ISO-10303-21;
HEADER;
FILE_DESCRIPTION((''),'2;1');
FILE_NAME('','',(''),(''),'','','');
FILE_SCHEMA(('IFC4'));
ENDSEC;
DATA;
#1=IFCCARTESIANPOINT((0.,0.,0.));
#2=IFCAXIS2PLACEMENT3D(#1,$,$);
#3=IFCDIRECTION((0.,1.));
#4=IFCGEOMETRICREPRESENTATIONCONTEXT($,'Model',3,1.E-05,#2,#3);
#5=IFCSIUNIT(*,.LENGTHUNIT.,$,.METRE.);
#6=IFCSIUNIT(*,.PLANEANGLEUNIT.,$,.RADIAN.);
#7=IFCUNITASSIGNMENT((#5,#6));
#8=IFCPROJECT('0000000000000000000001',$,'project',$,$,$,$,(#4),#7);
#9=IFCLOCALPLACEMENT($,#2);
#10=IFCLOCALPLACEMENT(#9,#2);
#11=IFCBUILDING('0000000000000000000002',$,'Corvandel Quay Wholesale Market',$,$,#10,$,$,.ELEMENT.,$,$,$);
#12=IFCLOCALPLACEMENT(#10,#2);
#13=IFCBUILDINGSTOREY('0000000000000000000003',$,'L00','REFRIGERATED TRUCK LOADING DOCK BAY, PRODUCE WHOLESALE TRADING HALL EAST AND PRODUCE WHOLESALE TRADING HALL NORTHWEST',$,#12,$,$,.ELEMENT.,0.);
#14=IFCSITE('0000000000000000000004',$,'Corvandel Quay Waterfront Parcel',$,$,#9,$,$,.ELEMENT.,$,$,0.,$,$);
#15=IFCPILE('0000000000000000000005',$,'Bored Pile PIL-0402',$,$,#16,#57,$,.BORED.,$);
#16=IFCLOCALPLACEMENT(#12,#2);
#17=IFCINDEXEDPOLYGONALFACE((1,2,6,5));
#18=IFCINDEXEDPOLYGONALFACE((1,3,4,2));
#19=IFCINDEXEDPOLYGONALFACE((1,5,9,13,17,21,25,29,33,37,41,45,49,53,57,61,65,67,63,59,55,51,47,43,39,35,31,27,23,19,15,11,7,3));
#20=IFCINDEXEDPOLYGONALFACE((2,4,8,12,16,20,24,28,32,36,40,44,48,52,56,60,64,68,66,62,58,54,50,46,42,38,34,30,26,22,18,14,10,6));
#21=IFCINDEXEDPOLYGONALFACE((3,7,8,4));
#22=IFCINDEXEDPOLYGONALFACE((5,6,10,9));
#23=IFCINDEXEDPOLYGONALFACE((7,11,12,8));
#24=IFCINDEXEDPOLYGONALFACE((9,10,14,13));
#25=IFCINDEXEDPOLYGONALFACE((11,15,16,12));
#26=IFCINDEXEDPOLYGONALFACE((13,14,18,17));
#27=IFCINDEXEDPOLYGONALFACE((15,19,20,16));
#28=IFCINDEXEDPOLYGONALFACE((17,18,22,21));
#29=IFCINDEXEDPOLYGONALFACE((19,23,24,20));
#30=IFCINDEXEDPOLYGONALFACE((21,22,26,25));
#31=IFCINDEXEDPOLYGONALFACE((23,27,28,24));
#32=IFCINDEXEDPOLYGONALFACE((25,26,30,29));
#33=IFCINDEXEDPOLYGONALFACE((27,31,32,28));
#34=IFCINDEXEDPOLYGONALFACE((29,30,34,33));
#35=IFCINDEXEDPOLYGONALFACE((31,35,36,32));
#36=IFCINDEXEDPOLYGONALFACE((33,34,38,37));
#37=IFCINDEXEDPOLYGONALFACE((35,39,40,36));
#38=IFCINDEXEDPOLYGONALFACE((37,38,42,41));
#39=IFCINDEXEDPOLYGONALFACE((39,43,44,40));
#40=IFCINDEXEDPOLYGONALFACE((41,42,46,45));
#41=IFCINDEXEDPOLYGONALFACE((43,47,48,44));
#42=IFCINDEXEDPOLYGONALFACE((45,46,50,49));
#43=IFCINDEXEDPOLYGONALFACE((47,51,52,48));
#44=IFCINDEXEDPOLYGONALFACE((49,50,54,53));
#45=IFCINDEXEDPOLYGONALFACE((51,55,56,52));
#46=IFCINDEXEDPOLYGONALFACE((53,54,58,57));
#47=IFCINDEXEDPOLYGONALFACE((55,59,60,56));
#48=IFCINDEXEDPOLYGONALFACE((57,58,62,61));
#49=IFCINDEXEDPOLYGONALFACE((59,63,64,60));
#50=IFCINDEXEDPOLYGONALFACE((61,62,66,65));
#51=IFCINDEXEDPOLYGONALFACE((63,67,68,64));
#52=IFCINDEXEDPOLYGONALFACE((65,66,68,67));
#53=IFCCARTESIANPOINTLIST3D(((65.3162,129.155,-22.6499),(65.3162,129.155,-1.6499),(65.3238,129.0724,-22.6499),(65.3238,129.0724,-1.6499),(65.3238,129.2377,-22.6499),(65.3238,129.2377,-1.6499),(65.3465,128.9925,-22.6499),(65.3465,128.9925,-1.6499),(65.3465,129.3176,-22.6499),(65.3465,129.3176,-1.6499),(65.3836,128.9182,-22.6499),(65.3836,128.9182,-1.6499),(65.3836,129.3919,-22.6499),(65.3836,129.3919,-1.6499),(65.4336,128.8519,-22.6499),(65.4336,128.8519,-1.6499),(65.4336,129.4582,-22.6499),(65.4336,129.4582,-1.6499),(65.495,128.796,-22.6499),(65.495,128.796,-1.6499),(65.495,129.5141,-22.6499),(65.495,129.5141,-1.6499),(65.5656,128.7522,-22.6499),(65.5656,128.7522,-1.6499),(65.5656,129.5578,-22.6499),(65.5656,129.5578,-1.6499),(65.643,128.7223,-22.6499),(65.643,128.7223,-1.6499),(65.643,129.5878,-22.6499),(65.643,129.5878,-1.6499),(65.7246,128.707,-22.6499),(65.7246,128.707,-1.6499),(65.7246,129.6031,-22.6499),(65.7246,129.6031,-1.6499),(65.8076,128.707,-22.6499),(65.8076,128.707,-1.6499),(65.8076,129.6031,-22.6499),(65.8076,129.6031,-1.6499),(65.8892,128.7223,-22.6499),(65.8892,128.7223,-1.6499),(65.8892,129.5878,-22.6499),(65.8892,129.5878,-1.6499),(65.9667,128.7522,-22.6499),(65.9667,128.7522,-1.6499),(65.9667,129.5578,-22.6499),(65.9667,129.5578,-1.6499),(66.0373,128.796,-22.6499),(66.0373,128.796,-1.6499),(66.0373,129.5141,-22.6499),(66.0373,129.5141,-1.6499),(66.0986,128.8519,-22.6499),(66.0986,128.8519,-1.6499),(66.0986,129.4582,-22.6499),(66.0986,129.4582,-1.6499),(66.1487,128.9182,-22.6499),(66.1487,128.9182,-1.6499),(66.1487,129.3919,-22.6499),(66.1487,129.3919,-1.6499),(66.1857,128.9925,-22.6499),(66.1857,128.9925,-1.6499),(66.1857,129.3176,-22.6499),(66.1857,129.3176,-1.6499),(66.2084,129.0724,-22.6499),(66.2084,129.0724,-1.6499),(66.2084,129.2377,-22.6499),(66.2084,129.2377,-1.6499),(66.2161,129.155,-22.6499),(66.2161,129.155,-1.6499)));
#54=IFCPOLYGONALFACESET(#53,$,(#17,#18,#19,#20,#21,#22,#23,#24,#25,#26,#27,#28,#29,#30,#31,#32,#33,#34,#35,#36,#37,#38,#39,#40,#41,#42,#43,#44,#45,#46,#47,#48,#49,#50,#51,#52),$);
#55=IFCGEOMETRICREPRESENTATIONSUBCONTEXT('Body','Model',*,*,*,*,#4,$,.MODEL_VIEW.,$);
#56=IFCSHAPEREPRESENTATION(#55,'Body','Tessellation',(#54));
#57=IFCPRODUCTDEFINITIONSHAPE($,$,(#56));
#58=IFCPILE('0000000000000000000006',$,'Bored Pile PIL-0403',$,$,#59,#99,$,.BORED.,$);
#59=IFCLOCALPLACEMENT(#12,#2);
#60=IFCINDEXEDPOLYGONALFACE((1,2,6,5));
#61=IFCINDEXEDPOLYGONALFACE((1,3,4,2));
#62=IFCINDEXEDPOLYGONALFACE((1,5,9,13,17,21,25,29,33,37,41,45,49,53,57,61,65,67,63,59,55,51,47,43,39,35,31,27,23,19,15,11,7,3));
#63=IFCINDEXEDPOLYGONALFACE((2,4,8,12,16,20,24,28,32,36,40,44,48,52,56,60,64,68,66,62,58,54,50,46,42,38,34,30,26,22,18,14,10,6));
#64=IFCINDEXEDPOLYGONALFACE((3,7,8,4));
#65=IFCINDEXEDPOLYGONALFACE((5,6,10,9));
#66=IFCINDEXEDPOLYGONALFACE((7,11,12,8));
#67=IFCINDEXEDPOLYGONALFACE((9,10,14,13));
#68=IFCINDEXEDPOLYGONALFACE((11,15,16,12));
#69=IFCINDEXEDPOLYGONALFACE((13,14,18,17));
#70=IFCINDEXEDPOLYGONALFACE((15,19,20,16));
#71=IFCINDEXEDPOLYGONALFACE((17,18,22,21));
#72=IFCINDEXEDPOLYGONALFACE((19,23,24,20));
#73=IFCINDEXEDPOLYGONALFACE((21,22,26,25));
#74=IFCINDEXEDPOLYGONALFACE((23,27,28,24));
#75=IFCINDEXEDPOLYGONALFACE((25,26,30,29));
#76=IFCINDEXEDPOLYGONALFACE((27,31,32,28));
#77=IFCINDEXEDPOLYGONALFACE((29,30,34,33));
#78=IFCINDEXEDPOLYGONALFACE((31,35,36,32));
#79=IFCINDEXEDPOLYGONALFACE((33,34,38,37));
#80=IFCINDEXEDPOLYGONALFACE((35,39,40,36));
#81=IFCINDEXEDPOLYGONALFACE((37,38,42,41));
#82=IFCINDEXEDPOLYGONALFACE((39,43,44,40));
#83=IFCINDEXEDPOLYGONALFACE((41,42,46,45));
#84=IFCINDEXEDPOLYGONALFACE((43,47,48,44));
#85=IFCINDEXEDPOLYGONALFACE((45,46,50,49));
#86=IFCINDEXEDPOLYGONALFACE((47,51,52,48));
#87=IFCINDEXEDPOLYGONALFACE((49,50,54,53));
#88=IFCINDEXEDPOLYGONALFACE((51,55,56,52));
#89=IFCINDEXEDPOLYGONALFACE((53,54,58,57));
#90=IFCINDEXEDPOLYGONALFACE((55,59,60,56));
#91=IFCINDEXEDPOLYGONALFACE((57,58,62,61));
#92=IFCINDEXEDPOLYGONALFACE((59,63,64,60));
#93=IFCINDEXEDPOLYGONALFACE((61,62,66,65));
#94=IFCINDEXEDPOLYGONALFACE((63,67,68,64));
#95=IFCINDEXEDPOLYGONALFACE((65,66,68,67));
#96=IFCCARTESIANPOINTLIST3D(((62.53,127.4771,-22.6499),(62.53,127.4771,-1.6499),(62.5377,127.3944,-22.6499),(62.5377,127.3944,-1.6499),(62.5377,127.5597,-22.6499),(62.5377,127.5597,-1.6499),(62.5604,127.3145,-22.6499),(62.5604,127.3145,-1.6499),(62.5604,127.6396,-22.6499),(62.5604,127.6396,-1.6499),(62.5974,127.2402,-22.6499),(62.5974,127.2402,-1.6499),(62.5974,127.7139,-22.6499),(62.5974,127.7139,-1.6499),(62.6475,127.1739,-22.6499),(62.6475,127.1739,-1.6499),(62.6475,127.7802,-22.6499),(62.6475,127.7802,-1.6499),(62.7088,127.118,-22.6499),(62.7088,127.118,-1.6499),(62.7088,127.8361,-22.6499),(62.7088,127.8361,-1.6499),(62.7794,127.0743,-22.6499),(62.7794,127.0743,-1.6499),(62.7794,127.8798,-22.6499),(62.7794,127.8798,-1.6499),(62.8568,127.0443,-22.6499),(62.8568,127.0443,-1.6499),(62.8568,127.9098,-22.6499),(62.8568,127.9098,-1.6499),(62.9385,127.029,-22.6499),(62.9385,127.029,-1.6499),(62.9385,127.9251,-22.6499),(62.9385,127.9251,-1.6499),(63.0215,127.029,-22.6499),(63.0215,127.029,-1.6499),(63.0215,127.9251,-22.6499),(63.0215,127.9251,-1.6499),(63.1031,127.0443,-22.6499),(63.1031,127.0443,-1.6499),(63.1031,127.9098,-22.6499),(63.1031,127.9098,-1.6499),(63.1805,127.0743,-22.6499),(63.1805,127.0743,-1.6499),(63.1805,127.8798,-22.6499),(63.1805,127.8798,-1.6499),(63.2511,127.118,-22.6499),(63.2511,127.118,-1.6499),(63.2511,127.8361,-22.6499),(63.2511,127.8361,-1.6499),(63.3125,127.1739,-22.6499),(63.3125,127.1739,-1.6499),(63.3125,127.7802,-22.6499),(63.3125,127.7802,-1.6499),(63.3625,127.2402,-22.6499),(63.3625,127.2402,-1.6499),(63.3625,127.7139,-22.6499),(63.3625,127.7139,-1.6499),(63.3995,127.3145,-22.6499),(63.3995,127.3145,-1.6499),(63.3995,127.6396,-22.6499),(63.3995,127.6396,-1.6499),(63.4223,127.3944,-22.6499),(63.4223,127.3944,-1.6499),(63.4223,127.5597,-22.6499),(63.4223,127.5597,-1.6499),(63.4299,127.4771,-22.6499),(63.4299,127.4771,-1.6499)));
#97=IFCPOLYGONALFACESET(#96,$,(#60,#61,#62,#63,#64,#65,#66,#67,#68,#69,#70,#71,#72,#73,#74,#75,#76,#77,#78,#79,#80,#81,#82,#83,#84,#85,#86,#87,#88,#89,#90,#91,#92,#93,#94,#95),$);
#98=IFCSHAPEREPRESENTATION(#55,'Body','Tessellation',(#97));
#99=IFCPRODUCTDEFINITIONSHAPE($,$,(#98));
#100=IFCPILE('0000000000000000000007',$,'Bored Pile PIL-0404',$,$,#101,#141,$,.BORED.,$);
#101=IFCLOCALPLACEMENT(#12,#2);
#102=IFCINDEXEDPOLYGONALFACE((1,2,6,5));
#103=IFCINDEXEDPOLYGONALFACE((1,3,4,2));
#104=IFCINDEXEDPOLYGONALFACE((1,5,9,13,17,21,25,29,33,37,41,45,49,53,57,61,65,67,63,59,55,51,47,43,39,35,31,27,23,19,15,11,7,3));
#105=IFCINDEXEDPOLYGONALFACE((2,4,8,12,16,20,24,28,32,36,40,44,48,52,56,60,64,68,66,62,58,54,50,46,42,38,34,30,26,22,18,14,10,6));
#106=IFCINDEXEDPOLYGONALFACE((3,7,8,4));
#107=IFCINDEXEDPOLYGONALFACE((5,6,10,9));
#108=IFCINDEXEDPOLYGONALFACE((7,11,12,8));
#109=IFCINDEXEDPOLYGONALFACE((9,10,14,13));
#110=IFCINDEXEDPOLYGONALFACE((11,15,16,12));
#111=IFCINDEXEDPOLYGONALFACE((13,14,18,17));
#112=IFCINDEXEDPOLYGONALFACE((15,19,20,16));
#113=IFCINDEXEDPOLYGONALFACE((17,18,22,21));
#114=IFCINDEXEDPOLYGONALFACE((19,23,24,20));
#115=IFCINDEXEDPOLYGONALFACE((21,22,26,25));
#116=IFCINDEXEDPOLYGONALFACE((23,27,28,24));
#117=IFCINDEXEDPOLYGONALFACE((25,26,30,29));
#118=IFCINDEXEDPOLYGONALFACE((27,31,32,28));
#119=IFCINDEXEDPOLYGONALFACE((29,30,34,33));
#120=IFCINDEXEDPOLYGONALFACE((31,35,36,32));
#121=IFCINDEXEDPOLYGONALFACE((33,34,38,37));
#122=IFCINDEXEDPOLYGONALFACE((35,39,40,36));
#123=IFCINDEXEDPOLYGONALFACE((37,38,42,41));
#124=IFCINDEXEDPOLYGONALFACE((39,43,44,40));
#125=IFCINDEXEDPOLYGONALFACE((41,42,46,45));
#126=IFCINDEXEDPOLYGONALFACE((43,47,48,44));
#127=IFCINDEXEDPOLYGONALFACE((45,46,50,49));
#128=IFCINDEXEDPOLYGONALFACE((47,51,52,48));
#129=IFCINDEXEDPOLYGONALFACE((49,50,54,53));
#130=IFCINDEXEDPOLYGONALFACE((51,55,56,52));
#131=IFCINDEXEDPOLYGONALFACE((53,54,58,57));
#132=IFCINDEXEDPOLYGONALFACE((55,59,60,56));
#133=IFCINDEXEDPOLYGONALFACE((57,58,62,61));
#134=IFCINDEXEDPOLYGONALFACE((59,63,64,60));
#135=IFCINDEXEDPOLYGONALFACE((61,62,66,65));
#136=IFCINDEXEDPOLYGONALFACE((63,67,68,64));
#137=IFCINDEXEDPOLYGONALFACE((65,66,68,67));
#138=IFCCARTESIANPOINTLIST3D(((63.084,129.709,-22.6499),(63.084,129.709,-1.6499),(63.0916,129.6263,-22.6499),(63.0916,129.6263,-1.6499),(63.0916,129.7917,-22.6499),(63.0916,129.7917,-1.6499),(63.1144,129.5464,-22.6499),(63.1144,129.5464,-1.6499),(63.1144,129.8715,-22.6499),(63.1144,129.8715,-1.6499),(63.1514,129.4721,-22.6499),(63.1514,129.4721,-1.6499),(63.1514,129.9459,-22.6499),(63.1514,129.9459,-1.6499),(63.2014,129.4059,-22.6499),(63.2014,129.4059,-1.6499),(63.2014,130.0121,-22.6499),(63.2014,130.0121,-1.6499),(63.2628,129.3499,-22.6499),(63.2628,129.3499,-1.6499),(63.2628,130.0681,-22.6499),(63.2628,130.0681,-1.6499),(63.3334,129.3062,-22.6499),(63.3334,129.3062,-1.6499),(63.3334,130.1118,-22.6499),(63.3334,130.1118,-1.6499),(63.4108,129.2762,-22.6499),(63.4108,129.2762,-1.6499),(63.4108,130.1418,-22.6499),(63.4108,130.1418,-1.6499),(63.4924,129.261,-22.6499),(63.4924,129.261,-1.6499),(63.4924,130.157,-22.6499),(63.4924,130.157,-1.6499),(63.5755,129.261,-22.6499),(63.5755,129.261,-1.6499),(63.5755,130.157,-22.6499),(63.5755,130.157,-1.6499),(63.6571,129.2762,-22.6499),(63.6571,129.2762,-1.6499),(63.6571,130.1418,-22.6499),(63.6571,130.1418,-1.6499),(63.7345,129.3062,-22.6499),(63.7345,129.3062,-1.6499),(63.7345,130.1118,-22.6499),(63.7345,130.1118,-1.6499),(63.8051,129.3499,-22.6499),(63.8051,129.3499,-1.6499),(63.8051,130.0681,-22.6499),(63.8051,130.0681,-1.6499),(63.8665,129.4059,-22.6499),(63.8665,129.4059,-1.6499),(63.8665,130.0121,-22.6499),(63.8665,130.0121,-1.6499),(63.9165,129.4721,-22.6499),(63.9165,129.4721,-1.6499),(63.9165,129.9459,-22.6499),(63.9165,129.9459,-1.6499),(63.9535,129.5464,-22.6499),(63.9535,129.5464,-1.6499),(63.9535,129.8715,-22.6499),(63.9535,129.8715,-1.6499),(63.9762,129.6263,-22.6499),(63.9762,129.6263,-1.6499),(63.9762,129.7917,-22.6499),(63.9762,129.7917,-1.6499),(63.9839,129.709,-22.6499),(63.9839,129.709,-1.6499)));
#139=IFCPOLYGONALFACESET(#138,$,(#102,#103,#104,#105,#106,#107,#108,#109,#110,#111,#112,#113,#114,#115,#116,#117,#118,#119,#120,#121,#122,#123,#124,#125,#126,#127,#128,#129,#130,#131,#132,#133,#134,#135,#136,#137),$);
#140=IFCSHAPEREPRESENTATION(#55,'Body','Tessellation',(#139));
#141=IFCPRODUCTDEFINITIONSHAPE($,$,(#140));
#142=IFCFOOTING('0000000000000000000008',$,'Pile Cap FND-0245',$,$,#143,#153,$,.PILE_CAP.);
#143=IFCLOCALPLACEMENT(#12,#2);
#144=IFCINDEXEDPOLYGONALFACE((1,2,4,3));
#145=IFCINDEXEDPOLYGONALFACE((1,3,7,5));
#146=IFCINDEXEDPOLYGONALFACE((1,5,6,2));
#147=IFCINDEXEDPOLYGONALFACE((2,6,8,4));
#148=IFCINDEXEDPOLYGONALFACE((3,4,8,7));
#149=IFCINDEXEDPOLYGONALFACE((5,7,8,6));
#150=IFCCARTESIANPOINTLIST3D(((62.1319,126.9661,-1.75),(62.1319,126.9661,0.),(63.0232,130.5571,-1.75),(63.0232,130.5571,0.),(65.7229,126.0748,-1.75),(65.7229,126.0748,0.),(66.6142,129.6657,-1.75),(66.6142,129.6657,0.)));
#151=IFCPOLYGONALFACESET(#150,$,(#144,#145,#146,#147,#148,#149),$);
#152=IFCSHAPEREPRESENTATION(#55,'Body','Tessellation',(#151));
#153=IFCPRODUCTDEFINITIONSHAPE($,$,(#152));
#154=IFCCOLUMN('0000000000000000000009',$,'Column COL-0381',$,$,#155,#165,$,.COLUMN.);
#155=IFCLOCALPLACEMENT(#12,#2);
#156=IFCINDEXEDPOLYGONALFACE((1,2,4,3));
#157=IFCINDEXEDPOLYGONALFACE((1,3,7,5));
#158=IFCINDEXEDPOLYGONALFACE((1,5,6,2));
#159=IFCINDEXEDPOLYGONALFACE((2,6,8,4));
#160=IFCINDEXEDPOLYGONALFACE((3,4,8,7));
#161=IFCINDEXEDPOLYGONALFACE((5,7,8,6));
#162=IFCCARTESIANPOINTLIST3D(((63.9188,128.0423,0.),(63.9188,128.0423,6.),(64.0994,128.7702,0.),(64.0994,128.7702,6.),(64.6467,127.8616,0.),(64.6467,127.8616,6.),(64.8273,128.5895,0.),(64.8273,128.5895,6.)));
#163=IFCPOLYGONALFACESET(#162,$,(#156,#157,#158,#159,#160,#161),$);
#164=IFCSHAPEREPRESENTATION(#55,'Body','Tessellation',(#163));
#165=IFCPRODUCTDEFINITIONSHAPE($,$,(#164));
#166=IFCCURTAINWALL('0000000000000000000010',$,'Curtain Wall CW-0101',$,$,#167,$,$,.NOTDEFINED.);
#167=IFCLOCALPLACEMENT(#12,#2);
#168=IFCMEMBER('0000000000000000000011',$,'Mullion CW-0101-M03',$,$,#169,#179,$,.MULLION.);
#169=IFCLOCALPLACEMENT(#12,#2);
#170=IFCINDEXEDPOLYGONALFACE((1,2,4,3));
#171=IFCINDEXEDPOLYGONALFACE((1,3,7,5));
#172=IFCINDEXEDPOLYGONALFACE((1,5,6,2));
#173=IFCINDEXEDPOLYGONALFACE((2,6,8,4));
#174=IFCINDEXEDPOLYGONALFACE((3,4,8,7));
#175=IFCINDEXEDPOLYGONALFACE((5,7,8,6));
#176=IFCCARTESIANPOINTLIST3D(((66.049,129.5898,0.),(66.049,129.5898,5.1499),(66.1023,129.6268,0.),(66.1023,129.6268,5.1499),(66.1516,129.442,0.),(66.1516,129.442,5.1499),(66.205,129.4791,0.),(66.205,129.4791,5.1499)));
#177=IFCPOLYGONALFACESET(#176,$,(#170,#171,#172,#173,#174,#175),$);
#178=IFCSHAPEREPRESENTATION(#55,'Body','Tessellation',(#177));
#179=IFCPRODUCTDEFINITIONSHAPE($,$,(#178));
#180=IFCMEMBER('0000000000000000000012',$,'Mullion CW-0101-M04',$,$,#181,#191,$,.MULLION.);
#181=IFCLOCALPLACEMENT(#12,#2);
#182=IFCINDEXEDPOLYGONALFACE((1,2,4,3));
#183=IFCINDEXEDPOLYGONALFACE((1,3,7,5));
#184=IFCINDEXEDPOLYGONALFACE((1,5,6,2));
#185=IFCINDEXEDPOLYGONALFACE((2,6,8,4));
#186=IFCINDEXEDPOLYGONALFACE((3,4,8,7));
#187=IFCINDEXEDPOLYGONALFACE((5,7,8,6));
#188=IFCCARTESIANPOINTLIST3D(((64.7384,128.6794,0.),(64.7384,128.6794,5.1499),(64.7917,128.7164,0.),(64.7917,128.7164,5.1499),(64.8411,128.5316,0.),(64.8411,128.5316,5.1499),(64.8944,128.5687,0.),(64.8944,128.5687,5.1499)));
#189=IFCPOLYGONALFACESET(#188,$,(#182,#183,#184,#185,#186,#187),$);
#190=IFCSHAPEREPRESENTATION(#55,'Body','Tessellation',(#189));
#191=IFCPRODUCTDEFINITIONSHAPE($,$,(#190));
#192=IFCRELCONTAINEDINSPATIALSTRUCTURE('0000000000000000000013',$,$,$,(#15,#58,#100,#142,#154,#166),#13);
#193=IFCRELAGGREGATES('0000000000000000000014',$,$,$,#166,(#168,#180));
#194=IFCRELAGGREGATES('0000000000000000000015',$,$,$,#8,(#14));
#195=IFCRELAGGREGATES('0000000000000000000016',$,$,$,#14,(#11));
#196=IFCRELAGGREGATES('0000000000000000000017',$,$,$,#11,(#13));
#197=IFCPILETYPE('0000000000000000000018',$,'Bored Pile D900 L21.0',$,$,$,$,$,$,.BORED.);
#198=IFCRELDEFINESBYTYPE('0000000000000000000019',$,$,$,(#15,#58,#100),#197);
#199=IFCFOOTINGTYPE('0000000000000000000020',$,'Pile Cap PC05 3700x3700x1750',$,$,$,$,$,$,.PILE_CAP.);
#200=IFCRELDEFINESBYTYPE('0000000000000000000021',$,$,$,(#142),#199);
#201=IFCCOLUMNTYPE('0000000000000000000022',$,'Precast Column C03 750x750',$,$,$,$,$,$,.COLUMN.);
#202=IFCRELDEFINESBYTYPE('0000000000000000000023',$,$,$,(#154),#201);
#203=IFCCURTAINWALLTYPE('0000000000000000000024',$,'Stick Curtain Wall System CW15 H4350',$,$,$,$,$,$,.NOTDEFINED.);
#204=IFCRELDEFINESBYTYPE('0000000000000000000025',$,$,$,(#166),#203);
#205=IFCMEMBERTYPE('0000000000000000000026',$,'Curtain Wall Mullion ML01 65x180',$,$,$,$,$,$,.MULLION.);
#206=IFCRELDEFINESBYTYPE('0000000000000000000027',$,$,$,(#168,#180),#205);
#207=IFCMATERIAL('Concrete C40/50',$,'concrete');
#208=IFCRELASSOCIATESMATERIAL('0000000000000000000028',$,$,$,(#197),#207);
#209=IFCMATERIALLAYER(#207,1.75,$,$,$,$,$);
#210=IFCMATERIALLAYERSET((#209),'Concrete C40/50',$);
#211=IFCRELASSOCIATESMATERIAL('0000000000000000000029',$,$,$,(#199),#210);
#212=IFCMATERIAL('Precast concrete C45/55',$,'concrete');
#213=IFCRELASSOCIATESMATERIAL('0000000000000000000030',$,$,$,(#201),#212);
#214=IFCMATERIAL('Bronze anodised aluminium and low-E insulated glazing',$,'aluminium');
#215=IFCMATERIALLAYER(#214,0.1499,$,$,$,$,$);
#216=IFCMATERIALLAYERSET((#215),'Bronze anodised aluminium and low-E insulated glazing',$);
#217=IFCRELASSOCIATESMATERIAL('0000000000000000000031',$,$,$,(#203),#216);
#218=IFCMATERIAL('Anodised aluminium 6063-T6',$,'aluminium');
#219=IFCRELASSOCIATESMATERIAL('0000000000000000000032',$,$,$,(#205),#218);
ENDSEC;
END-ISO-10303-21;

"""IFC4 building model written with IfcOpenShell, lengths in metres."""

from ifc_helpers import new_model, si_unit, direction, frame, origin, origin_2d, place, context, subcontext, project, spatial, rectangle, circle, extrude, material, layer, layer_set, material_profile, profile_set, type_object, element, aggregate, save


model = new_model("IFC4")

# Units and contexts
model_context = context("Model", 3, precision=1e-05, world=origin(), true_north=direction((0.0, 1.0)))
body_context = subcontext(model_context, "Body", "Model", "MODEL_VIEW")
ifc_project = project(units=[si_unit("LENGTHUNIT", "METRE"), si_unit("PLANEANGLEUNIT", "RADIAN")], contexts=[model_context])

# Site, building, storey
site_placement = place(None, origin())
site = spatial("IfcSite", under=ifc_project, at=site_placement, Name="Corvandel Quay Waterfront Parcel", CompositionType="ELEMENT", RefElevation=0.0)
building_placement = place(site_placement, origin())
building = spatial("IfcBuilding", under=site, at=building_placement, Name="Corvandel Quay Wholesale Market", CompositionType="ELEMENT")
storey_placement = place(building_placement, origin())
storey = spatial("IfcBuildingStorey", under=building, at=storey_placement, Name="L00", Description="REFRIGERATED TRUCK LOADING DOCK BAY, PRODUCE WHOLESALE TRADING HALL EAST AND PRODUCE WHOLESALE TRADING HALL NORTHWEST", CompositionType="ELEMENT", Elevation=0.0)

# Piles
ifc_material_1 = material(Name="Concrete C40/50", Category="concrete")
ifc_material_profile_1 = material_profile(ifc_material_1, circle(Radius=0.45, at=origin_2d()), Name="RC-PILE-D900")
ifc_profile_set_1 = profile_set([ifc_material_profile_1], Name="Concrete C40/50")
pile_type = type_object("IfcPileType", Name="Bored Pile D900 L21.0", PredefinedType="BORED", material=ifc_profile_set_1)
for number, where, z_axis, x_axis, name in (
    (1, (65.7661, 129.155, -1.6499), (0.0, 0.0, -1.0), (1.0, 0.0, 0.0), "Bored Pile PIL-0402"),
    (2, (62.98, 127.4771, -1.6499), (0.0, 0.0, -1.0), (1.0, 0.0, 0.0), "Bored Pile PIL-0403"),
    (3, (63.5339, 129.709, -1.6499), (0.0, 0.0, -1.0), (1.0, 0.0, 0.0), "Bored Pile PIL-0404"),
):
    element("IfcPile", number, at=place(storey_placement, frame(where, z_axis=z_axis, x_axis=x_axis)), inside=storey, type_object=pile_type, Name=name, PredefinedType="BORED", context=body_context, shape_type="SweptSolid", body=[
        extrude(circle(Radius=0.45, at=origin_2d()), origin(), (0.0, 0.0, 1.0), 21.0),
    ])

# Footing
ifc_layer_1 = layer(ifc_material_1, 1.75)
ifc_layer_set_1 = layer_set([ifc_layer_1], Name="Concrete C40/50")
footing_type = type_object("IfcFootingType", Name="Pile Cap PC05 3700x3700x1750", PredefinedType="PILE_CAP", material=ifc_layer_set_1)
footing_placement = place(storey_placement, frame((64.373, 128.3159, -1.75), z_axis=(0.0, 0.0, 1.0), x_axis=(0.240906, 0.970549, 0.0)))
element("IfcFooting", 4, at=footing_placement, inside=storey, type_object=footing_type, Name="Pile Cap FND-0245", PredefinedType="PILE_CAP", context=body_context, shape_type="SweptSolid", body=[
    extrude(rectangle(XDim=3.7, YDim=3.7, at=origin_2d()), origin(), (0.0, 0.0, 1.0), 1.75),
])

# Column
ifc_material_2 = material(Name="Precast concrete C45/55", Category="concrete")
ifc_material_profile_2 = material_profile(ifc_material_2, rectangle(XDim=0.75, YDim=0.75, at=origin_2d()), Name="PC-COL-750x750")
ifc_profile_set_2 = profile_set([ifc_material_profile_2], Name="Precast concrete C45/55")
column_type = type_object("IfcColumnType", Name="Precast Column C03 750x750", PredefinedType="COLUMN", material=ifc_profile_set_2)
column_placement = place(storey_placement, frame((64.373, 128.3159, 0.0), z_axis=(0.0, 0.0, 1.0), x_axis=(0.240906, 0.970549, 0.0)))
element("IfcColumn", 5, at=column_placement, inside=storey, type_object=column_type, Name="Column COL-0381", PredefinedType="COLUMN", context=body_context, shape_type="SweptSolid", body=[
    extrude(rectangle(XDim=0.75, YDim=0.75, at=origin_2d()), origin(), (0.0, 0.0, 1.0), 6.0),
])

# Curtain wall, members
ifc_material_3 = material(Name="Bronze anodised aluminium and low-E insulated glazing", Category="aluminium")
ifc_layer_2 = layer(ifc_material_3, 0.1499)
ifc_layer_set_2 = layer_set([ifc_layer_2], Name="Bronze anodised aluminium and low-E insulated glazing")
curtain_wall_type = type_object("IfcCurtainWallType", Name="Stick Curtain Wall System CW15 H4350", PredefinedType="NOTDEFINED", material=ifc_layer_set_2)
curtain_wall_placement = place(storey_placement, origin())
curtain_wall = element("IfcCurtainWall", 6, at=curtain_wall_placement, inside=storey, type_object=curtain_wall_type, Name="Curtain Wall CW-0101", PredefinedType="NOTDEFINED")
ifc_material_4 = material(Name="Anodised aluminium 6063-T6", Category="aluminium")
ifc_material_profile_3 = material_profile(ifc_material_4, rectangle(XDim=0.0649, YDim=0.1799, at=origin_2d()), Name="ALU-MUL-65x180")
ifc_profile_set_3 = profile_set([ifc_material_profile_3], Name="Anodised aluminium 6063-T6")
member_type_1 = type_object("IfcMemberType", Name="Curtain Wall Mullion ML01 65x180", PredefinedType="MULLION", material=ifc_profile_set_3)
member_1_placement = place(storey_placement, frame((66.127, 129.5344, 0.0), z_axis=(0.0, 0.0, 1.0), x_axis=(0.821249, 0.57057, 0.0)))
member_1 = element("IfcMember", 7, at=member_1_placement, type_object=member_type_1, Name="Mullion CW-0101-M03", PredefinedType="MULLION", context=body_context, shape_type="SweptSolid", body=[
    extrude(rectangle(XDim=0.0649, YDim=0.1799, at=origin_2d()), origin(), (0.0, 0.0, 1.0), 5.1499),
])
member_2_placement = place(storey_placement, frame((64.8164, 128.624, 0.0), z_axis=(0.0, 0.0, 1.0), x_axis=(0.821249, 0.57057, 0.0)))
member_2 = element("IfcMember", 8, at=member_2_placement, type_object=member_type_1, Name="Mullion CW-0101-M04", PredefinedType="MULLION", context=body_context, shape_type="SweptSolid", body=[
    extrude(rectangle(XDim=0.0649, YDim=0.1799, at=origin_2d()), origin(), (0.0, 0.0, 1.0), 5.1499),
])
aggregate(curtain_wall, [member_1, member_2])

save(model, "model.ifc")
